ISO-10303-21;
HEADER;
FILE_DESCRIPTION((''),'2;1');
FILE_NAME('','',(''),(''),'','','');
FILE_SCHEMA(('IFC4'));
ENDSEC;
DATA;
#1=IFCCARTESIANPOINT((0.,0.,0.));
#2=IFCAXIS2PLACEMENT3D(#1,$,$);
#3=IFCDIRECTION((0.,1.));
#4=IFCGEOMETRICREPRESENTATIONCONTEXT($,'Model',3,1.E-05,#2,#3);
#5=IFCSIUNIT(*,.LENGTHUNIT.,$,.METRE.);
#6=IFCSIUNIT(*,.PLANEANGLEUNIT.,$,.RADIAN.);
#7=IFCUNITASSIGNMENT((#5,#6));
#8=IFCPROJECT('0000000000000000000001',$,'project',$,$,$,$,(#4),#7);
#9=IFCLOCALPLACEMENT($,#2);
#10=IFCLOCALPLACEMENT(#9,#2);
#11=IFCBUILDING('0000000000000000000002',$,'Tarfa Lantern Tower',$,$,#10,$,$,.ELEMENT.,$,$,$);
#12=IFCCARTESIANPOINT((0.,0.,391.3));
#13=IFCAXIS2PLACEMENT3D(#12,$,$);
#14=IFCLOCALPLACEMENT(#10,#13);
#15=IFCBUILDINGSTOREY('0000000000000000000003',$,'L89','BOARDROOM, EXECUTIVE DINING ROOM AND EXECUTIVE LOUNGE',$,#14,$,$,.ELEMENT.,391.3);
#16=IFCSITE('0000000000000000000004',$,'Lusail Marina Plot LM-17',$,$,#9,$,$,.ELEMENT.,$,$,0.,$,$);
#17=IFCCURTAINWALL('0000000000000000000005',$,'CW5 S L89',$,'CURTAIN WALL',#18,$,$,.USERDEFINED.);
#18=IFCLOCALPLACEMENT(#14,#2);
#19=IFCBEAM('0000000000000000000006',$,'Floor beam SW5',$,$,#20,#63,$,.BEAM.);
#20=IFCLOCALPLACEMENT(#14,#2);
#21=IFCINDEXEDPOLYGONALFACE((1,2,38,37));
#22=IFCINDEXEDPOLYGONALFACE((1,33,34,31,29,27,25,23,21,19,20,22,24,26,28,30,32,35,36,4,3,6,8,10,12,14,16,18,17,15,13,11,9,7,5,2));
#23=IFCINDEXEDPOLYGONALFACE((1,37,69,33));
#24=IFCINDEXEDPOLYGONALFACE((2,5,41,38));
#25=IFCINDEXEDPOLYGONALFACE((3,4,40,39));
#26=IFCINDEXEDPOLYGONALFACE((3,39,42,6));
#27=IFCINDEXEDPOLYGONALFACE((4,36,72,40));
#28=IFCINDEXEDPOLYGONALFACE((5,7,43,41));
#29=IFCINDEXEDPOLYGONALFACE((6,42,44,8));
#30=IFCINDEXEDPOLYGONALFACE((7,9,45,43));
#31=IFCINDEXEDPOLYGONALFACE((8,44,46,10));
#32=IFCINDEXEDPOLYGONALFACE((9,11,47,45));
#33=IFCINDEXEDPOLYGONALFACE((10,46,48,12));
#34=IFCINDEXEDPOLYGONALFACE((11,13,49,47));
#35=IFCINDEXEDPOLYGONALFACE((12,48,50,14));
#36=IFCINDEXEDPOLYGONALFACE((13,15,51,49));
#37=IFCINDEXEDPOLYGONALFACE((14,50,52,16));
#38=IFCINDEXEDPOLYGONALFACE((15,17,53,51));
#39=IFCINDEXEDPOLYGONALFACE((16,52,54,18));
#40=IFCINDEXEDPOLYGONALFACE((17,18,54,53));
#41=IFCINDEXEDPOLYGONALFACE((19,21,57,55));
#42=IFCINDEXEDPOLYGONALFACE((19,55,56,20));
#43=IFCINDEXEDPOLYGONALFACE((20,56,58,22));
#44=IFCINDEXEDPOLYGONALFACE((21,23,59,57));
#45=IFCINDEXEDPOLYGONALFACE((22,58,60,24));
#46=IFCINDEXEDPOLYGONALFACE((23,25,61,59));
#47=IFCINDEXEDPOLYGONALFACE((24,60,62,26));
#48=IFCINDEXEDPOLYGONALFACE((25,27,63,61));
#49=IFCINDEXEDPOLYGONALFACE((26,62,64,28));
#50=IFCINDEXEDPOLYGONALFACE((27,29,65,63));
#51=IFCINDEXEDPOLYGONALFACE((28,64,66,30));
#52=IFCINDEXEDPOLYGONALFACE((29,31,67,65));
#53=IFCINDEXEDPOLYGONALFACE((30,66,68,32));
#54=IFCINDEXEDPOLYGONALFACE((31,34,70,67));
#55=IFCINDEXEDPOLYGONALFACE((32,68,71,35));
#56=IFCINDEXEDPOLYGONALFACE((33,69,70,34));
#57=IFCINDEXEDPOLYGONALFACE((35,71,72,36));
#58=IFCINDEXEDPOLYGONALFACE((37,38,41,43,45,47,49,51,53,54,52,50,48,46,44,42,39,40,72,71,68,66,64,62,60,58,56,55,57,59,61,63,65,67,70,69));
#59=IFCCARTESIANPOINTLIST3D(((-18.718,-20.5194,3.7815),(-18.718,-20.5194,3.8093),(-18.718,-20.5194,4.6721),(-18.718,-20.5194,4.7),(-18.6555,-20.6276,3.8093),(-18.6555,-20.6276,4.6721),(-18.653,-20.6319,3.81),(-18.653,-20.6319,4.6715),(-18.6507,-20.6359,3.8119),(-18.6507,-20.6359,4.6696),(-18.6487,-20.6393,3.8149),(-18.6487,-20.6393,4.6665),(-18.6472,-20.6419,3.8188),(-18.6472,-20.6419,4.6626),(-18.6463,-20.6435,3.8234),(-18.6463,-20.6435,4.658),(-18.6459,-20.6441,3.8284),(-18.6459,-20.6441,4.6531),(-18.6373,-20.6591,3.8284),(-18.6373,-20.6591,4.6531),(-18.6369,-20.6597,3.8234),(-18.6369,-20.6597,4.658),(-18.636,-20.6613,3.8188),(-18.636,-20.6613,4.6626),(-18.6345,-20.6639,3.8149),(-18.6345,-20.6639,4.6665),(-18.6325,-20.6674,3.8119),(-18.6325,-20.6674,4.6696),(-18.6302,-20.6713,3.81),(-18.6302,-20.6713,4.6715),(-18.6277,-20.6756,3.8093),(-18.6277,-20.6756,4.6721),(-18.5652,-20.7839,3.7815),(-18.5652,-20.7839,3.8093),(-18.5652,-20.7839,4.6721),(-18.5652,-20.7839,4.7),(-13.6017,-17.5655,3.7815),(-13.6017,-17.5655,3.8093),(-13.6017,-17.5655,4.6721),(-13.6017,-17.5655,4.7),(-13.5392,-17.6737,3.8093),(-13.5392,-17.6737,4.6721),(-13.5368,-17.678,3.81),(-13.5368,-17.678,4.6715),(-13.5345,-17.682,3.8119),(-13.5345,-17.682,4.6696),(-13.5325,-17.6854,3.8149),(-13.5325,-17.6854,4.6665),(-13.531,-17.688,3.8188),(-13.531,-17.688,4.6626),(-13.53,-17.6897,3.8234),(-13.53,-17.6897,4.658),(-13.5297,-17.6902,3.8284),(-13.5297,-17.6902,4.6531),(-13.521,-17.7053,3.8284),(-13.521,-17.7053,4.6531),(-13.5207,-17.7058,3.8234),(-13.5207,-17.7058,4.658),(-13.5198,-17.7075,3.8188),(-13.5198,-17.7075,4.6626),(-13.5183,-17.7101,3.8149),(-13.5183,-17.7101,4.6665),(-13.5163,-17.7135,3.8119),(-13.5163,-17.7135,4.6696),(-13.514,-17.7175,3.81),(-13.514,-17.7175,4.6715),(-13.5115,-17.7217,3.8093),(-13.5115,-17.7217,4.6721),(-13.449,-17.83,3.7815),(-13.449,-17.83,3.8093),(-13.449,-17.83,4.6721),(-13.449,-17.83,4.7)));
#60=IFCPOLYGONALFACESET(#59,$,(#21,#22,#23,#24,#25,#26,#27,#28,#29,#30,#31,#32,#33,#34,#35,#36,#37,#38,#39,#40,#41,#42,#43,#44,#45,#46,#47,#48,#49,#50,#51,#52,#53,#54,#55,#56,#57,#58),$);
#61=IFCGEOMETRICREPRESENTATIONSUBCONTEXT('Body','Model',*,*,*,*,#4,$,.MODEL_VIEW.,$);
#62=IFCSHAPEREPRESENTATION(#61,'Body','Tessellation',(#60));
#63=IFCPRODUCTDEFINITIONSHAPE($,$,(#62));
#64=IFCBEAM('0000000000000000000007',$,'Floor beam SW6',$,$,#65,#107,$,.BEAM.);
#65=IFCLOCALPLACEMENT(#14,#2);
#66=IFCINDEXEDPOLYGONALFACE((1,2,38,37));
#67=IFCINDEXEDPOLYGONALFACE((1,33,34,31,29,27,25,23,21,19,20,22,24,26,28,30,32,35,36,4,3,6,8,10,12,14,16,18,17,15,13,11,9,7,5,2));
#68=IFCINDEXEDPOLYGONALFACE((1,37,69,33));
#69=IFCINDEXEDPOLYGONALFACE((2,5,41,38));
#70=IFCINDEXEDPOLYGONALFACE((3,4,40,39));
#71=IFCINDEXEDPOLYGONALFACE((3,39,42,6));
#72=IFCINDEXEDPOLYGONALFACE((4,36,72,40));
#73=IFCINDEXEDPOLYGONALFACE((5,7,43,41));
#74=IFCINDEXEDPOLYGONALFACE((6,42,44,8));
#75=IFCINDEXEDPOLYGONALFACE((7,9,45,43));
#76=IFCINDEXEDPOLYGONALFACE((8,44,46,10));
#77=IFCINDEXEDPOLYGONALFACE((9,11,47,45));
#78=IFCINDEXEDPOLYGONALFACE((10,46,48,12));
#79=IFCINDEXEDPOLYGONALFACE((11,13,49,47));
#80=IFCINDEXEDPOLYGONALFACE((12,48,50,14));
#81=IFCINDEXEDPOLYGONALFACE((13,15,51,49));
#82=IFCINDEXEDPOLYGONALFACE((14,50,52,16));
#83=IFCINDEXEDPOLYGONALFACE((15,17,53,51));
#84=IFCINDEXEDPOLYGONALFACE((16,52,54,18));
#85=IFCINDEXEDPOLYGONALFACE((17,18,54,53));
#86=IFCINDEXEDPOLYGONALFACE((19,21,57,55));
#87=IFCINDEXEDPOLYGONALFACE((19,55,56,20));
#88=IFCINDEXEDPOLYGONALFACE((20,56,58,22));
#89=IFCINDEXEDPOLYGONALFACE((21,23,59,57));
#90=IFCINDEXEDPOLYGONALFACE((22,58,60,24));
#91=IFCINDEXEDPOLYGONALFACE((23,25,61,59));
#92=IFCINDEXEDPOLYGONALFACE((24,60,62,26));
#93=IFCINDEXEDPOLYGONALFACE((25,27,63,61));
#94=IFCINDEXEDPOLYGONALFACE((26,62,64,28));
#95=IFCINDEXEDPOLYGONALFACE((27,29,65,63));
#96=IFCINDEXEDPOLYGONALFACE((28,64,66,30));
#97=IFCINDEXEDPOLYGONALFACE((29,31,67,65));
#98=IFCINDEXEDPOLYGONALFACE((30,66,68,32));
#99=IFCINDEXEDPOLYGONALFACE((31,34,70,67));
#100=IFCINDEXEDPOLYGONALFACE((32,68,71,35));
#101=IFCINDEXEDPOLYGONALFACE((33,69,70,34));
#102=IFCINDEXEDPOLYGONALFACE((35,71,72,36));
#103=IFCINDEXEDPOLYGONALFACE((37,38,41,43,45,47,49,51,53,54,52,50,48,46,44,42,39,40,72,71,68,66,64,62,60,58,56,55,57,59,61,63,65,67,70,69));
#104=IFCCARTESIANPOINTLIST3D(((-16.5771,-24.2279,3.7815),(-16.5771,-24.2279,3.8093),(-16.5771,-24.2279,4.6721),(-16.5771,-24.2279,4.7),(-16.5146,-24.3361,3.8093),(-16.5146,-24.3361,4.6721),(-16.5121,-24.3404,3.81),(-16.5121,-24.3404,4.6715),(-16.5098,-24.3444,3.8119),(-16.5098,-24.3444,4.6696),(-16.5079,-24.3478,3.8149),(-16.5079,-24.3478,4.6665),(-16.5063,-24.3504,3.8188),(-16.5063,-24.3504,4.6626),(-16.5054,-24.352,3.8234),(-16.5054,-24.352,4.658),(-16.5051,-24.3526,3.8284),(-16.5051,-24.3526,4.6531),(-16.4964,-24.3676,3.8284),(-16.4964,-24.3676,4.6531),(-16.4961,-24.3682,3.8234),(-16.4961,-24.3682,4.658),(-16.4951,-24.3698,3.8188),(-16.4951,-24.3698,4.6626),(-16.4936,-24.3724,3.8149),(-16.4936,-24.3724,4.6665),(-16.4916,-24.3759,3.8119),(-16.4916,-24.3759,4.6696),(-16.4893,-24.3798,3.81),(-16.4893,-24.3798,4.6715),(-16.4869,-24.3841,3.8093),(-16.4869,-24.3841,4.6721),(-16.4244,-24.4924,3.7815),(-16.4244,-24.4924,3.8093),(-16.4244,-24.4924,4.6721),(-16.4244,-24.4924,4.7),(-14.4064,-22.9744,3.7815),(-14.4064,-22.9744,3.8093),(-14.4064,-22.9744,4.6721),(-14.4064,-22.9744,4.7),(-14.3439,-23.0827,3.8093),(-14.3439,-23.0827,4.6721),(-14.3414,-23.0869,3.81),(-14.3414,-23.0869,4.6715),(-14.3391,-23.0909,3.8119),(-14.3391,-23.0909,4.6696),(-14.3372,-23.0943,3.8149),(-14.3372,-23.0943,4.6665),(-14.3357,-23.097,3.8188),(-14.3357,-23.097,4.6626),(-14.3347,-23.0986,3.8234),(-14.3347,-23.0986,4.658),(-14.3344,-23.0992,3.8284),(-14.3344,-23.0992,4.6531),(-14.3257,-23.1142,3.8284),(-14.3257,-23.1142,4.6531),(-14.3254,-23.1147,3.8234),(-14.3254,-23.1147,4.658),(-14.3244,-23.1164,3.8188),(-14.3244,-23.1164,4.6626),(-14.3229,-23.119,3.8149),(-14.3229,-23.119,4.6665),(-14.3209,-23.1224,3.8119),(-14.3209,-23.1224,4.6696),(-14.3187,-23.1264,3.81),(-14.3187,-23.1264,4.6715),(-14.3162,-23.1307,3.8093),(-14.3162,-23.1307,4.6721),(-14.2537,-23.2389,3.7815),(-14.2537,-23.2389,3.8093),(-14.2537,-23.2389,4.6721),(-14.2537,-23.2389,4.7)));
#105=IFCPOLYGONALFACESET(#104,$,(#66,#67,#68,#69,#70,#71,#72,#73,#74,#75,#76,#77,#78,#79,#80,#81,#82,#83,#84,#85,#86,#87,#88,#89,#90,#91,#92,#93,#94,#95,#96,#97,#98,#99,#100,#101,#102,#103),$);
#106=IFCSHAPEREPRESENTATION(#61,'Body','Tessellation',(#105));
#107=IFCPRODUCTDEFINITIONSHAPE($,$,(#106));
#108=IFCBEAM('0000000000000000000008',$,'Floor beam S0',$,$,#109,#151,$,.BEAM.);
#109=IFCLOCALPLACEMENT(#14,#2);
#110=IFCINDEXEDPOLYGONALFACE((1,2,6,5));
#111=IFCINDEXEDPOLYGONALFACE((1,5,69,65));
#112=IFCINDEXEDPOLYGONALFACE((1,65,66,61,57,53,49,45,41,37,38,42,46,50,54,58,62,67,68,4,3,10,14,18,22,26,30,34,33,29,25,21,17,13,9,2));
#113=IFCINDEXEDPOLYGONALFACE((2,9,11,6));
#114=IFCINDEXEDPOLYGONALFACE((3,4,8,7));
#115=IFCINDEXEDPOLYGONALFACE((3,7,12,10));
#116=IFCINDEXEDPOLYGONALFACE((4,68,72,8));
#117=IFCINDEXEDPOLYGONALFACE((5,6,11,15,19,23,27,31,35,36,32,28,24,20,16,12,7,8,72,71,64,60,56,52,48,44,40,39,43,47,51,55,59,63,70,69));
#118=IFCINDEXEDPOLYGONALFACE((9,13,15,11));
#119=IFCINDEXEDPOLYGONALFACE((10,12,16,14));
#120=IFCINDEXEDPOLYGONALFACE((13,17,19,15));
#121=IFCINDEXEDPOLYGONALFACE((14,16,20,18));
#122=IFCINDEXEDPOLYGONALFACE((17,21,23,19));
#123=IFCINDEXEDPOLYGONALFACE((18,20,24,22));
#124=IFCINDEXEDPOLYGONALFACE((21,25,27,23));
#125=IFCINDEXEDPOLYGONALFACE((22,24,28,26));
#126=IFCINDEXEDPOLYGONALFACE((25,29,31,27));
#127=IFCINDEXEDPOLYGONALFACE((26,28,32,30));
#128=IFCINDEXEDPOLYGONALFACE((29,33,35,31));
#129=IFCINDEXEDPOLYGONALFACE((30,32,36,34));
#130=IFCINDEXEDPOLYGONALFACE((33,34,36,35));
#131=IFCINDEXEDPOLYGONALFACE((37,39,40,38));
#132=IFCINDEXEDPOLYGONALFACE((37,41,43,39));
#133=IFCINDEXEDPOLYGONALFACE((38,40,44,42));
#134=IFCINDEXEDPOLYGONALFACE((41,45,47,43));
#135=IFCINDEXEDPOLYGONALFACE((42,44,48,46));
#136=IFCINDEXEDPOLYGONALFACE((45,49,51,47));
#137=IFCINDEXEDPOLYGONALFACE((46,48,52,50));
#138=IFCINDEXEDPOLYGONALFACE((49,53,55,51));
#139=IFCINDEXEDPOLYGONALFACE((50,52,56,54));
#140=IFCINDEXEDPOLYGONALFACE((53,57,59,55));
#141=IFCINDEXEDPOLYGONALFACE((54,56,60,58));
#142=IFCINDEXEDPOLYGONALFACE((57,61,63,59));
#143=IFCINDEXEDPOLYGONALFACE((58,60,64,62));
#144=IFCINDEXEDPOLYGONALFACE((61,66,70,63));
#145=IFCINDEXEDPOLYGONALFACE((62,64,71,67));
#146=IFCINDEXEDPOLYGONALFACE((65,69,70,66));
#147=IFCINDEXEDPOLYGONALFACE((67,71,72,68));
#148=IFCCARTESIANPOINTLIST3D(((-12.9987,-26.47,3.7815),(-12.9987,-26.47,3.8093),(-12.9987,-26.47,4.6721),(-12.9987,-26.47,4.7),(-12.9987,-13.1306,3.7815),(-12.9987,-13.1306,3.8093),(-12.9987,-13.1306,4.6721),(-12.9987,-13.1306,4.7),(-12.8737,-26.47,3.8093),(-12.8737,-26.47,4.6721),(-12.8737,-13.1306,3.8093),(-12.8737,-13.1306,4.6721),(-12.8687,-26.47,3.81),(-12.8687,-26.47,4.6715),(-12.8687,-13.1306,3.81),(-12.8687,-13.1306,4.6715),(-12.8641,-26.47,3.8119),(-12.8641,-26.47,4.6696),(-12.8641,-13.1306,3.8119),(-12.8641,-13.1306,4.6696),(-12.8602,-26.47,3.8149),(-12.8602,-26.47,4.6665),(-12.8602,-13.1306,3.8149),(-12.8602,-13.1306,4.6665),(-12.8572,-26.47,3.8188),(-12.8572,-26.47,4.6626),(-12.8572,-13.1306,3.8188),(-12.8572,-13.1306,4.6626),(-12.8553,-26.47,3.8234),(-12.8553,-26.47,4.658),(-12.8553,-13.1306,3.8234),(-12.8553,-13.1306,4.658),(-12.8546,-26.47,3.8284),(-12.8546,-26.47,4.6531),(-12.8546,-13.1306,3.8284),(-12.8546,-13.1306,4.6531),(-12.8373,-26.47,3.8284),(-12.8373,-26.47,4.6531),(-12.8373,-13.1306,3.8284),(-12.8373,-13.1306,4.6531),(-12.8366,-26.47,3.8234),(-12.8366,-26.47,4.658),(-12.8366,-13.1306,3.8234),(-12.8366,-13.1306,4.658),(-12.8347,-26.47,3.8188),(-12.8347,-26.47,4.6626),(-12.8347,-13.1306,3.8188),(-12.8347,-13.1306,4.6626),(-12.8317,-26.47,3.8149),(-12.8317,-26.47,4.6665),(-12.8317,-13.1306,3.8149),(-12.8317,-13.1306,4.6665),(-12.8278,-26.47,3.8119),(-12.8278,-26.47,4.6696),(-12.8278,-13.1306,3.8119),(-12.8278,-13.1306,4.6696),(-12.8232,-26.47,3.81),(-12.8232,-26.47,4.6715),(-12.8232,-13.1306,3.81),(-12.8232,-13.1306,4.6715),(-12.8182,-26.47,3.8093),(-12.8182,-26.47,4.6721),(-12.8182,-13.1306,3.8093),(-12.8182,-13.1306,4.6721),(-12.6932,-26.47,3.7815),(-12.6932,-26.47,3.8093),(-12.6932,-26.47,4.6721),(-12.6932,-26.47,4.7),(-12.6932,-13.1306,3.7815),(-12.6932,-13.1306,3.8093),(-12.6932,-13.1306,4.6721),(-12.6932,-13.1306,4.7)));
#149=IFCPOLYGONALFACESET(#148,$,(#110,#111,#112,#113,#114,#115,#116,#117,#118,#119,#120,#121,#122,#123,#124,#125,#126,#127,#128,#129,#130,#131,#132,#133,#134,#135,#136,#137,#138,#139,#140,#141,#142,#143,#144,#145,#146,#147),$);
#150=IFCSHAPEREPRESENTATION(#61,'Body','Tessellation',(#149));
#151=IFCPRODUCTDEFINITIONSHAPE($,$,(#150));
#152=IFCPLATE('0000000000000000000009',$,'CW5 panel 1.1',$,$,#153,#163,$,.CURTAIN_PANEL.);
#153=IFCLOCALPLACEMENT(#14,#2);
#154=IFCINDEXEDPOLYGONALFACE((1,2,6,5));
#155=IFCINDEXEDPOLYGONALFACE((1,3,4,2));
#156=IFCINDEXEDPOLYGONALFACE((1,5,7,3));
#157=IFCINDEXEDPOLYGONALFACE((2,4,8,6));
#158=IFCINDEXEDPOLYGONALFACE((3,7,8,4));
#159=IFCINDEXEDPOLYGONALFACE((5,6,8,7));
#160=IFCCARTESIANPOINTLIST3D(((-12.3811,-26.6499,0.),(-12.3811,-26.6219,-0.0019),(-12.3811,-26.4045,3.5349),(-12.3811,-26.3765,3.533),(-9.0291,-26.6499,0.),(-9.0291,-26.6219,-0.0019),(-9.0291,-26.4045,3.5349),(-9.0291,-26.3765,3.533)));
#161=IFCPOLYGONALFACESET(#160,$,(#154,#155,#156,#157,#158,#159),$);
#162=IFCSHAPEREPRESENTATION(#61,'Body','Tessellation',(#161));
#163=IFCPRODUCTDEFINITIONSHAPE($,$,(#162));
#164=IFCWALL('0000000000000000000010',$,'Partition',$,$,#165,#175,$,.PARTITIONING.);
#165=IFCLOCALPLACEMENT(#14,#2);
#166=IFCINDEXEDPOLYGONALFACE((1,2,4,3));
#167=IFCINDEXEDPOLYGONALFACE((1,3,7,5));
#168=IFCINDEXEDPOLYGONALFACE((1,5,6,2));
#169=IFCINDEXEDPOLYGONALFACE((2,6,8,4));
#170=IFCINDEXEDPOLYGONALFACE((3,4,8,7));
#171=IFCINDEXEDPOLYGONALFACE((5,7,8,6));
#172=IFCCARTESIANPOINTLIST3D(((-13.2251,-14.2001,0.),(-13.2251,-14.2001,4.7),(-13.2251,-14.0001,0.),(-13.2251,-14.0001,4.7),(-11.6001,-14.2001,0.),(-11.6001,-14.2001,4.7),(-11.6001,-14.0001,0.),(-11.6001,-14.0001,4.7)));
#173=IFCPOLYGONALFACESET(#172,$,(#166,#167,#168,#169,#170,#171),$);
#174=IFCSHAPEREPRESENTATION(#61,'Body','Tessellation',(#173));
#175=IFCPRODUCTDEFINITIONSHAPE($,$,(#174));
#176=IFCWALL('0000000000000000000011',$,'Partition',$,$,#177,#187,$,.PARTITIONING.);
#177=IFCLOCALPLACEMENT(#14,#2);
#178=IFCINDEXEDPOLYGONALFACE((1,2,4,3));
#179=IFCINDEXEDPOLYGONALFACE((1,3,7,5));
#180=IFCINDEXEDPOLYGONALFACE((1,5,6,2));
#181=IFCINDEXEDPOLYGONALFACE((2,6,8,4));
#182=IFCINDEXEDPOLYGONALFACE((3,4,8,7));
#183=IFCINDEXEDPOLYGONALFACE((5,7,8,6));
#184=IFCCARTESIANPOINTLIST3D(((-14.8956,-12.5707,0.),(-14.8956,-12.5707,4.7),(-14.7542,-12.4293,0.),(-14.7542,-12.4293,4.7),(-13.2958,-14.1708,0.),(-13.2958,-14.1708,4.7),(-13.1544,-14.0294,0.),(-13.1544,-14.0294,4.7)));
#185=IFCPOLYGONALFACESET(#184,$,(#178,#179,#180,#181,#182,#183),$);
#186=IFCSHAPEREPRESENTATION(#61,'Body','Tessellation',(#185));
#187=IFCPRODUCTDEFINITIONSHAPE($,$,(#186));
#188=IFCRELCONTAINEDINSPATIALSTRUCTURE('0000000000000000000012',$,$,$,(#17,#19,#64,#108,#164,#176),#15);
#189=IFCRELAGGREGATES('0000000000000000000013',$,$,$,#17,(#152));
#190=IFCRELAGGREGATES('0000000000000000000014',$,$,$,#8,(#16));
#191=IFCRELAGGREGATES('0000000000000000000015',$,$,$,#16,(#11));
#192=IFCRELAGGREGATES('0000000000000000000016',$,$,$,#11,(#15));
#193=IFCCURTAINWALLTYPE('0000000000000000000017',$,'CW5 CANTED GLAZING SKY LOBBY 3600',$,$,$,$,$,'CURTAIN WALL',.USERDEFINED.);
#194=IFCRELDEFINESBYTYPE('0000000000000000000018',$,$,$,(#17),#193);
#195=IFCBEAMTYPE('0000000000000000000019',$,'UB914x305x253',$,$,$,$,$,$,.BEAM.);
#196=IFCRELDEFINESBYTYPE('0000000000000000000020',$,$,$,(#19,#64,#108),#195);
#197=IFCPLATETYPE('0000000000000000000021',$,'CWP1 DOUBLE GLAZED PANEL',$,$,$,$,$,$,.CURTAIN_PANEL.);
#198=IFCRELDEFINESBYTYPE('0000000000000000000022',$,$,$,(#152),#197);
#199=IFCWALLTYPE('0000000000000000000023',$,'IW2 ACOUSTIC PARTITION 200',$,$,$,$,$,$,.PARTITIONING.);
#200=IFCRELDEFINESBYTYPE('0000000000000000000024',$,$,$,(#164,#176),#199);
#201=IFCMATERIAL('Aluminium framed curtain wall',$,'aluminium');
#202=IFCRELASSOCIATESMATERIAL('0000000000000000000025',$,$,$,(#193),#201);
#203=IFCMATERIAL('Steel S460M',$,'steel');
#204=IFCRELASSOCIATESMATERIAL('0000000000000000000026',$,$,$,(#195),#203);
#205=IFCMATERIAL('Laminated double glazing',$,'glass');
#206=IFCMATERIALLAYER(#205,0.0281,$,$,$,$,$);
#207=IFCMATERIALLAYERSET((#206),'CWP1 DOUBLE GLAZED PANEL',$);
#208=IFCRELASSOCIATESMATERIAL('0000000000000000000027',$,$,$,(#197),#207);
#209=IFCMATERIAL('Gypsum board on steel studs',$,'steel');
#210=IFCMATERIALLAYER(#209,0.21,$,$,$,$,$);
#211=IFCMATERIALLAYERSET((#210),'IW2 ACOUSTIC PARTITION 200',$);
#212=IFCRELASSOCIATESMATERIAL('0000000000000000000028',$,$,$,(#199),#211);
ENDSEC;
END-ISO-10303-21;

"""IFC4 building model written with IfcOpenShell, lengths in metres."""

from ifc_helpers import new_model, si_unit, direction, frame, frame_2d, origin, origin_2d, place, context, subcontext, project, spatial, polyline, rectangle, i_section, outline, extrude, material, layer, layer_set, material_profile, profile_set, type_object, element, aggregate, save


model = new_model("IFC4")

# Units and contexts
model_context = context("Model", 3, precision=1e-05, world=origin(), true_north=direction((0.0, 1.0)))
body_context = subcontext(model_context, "Body", "Model", "MODEL_VIEW")
ifc_project = project(units=[si_unit("LENGTHUNIT", "METRE"), si_unit("PLANEANGLEUNIT", "RADIAN")], contexts=[model_context])

# Site, building, storey
site_placement = place(None, origin())
site = spatial("IfcSite", under=ifc_project, at=site_placement, Name="Lusail Marina Plot LM-17", CompositionType="ELEMENT", RefElevation=0.0)
building_placement = place(site_placement, origin())
building = spatial("IfcBuilding", under=site, at=building_placement, Name="Tarfa Lantern Tower", CompositionType="ELEMENT")
storey_placement = place(building_placement, frame((0.0, 0.0, 391.3)))
storey = spatial("IfcBuildingStorey", under=building, at=storey_placement, Name="L89", Description="BOARDROOM, EXECUTIVE DINING ROOM AND EXECUTIVE LOUNGE", CompositionType="ELEMENT", Elevation=391.3)

# Curtain wall
ifc_material_1 = material(Name="Aluminium framed curtain wall", Category="aluminium")
curtain_wall_type = type_object("IfcCurtainWallType", Name="CW5 CANTED GLAZING SKY LOBBY 3600", ElementType="CURTAIN WALL", PredefinedType="USERDEFINED", material=ifc_material_1)
curtain_wall_placement = place(storey_placement, origin())
curtain_wall = element("IfcCurtainWall", 1, at=curtain_wall_placement, inside=storey, type_object=curtain_wall_type, Name="CW5 S L89", ObjectType="CURTAIN WALL", PredefinedType="USERDEFINED")

# Beams
ifc_material_2 = material(Name="Steel S460M", Category="steel")
ifc_material_profile_1 = material_profile(ifc_material_2, i_section(OverallWidth=0.3054, OverallDepth=0.9185, WebThickness=0.0173, FlangeThickness=0.0278, FilletRadius=0.019, at=origin_2d()), Name="UB914x305x253")
ifc_profile_set_1 = profile_set([ifc_material_profile_1], Name="Steel S460M")
beam_type_1 = type_object("IfcBeamType", Name="UB914x305x253", PredefinedType="BEAM", material=ifc_profile_set_1)
beam_1_placement = place(storey_placement, frame((-18.6416, -20.6516, 4.2407), z_axis=(0.866025, 0.500001, 0.0), x_axis=(-0.500001, 0.866025, 0.0)))
element("IfcBeam", 2, at=beam_1_placement, inside=storey, type_object=beam_type_1, Name="Floor beam SW5", PredefinedType="BEAM", context=body_context, shape_type="SweptSolid", body=[
    extrude(i_section(OverallWidth=0.3054, OverallDepth=0.9185, WebThickness=0.0173, FlangeThickness=0.0278, FilletRadius=0.019, at=origin_2d()), origin(), (0.0, 0.0, 1.0), 5.9077),
])
beam_2_placement = place(storey_placement, frame((-16.5007, -24.3601, 4.2407), z_axis=(0.865993, 0.500057, 0.0), x_axis=(-0.500057, 0.865993, 0.0)))
element("IfcBeam", 3, at=beam_2_placement, inside=storey, type_object=beam_type_1, Name="Floor beam SW6", PredefinedType="BEAM", context=body_context, shape_type="SweptSolid", body=[
    extrude(i_section(OverallWidth=0.3054, OverallDepth=0.9185, WebThickness=0.0173, FlangeThickness=0.0278, FilletRadius=0.019, at=origin_2d()), origin(), (0.0, 0.0, 1.0), 2.5066),
])
beam_3_placement = place(storey_placement, frame((-12.8459, -26.47, 4.2407), z_axis=(0.0, 1.0, 0.0), x_axis=(-1.0, 0.0, 0.0)))
element("IfcBeam", 4, at=beam_3_placement, inside=storey, type_object=beam_type_1, Name="Floor beam S0", PredefinedType="BEAM", context=body_context, shape_type="SweptSolid", body=[
    extrude(i_section(OverallWidth=0.3054, OverallDepth=0.9185, WebThickness=0.0173, FlangeThickness=0.0278, FilletRadius=0.019, at=origin_2d()), origin(), (0.0, 0.0, 1.0), 13.3394),
])

# Plate
ifc_material_3 = material(Name="Laminated double glazing", Category="glass")
ifc_layer_1 = layer(ifc_material_3, 0.0281)
ifc_layer_set_1 = layer_set([ifc_layer_1], Name="CWP1 DOUBLE GLAZED PANEL")
plate_type = type_object("IfcPlateType", Name="CWP1 DOUBLE GLAZED PANEL", PredefinedType="CURTAIN_PANEL", material=ifc_layer_set_1)
plate_placement = place(storey_placement, frame((-12.3811, -26.6499, 0.0), z_axis=(0.0, -0.9976, 0.069244), x_axis=(1.0, 0.0, 0.0)))
plate = element("IfcPlate", 5, at=plate_placement, type_object=plate_type, Name="CW5 panel 1.1", PredefinedType="CURTAIN_PANEL", context=body_context, shape_type="SweptSolid", body=[
    extrude(outline(polyline([(0.0, 0.0), (3.3521, 0.0), (3.3521, 3.5434), (0.0, 3.5434), (0.0, 0.0)])), origin(), (0.0, 0.0, -1.0), 0.0281),
])
aggregate(curtain_wall, [plate])

# Walls
ifc_material_4 = material(Name="Gypsum board on steel studs", Category="steel")
ifc_layer_2 = layer(ifc_material_4, 0.21)
ifc_layer_set_2 = layer_set([ifc_layer_2], Name="IW2 ACOUSTIC PARTITION 200")
wall_type = type_object("IfcWallType", Name="IW2 ACOUSTIC PARTITION 200", PredefinedType="PARTITIONING", material=ifc_layer_set_2)
wall_1_placement = place(storey_placement, frame((-11.6001, -14.1001, 0.0), z_axis=(0.0, 0.0, 1.0), x_axis=(-1.0, 0.0, 0.0)))
element("IfcWall", 6, at=wall_1_placement, inside=storey, type_object=wall_type, Name="Partition", PredefinedType="PARTITIONING", context=body_context, shape_type="SweptSolid", body=[
    extrude(rectangle(XDim=1.625, YDim=0.2, at=frame_2d((0.8125, 0.0))), origin(), (0.0, 0.0, 1.0), 4.7),
])
wall_2_placement = place(storey_placement, frame((-13.2251, -14.1001, 0.0), z_axis=(0.0, 0.0, 1.0), x_axis=(-0.707053, 0.707161, 0.0)))
element("IfcWall", 7, at=wall_2_placement, inside=storey, type_object=wall_type, Name="Partition", PredefinedType="PARTITIONING", context=body_context, shape_type="SweptSolid", body=[
    extrude(rectangle(XDim=2.2627, YDim=0.2, at=frame_2d((1.1313, 0.0))), origin(), (0.0, 0.0, 1.0), 4.7),
])

save(model, "model.ifc")
